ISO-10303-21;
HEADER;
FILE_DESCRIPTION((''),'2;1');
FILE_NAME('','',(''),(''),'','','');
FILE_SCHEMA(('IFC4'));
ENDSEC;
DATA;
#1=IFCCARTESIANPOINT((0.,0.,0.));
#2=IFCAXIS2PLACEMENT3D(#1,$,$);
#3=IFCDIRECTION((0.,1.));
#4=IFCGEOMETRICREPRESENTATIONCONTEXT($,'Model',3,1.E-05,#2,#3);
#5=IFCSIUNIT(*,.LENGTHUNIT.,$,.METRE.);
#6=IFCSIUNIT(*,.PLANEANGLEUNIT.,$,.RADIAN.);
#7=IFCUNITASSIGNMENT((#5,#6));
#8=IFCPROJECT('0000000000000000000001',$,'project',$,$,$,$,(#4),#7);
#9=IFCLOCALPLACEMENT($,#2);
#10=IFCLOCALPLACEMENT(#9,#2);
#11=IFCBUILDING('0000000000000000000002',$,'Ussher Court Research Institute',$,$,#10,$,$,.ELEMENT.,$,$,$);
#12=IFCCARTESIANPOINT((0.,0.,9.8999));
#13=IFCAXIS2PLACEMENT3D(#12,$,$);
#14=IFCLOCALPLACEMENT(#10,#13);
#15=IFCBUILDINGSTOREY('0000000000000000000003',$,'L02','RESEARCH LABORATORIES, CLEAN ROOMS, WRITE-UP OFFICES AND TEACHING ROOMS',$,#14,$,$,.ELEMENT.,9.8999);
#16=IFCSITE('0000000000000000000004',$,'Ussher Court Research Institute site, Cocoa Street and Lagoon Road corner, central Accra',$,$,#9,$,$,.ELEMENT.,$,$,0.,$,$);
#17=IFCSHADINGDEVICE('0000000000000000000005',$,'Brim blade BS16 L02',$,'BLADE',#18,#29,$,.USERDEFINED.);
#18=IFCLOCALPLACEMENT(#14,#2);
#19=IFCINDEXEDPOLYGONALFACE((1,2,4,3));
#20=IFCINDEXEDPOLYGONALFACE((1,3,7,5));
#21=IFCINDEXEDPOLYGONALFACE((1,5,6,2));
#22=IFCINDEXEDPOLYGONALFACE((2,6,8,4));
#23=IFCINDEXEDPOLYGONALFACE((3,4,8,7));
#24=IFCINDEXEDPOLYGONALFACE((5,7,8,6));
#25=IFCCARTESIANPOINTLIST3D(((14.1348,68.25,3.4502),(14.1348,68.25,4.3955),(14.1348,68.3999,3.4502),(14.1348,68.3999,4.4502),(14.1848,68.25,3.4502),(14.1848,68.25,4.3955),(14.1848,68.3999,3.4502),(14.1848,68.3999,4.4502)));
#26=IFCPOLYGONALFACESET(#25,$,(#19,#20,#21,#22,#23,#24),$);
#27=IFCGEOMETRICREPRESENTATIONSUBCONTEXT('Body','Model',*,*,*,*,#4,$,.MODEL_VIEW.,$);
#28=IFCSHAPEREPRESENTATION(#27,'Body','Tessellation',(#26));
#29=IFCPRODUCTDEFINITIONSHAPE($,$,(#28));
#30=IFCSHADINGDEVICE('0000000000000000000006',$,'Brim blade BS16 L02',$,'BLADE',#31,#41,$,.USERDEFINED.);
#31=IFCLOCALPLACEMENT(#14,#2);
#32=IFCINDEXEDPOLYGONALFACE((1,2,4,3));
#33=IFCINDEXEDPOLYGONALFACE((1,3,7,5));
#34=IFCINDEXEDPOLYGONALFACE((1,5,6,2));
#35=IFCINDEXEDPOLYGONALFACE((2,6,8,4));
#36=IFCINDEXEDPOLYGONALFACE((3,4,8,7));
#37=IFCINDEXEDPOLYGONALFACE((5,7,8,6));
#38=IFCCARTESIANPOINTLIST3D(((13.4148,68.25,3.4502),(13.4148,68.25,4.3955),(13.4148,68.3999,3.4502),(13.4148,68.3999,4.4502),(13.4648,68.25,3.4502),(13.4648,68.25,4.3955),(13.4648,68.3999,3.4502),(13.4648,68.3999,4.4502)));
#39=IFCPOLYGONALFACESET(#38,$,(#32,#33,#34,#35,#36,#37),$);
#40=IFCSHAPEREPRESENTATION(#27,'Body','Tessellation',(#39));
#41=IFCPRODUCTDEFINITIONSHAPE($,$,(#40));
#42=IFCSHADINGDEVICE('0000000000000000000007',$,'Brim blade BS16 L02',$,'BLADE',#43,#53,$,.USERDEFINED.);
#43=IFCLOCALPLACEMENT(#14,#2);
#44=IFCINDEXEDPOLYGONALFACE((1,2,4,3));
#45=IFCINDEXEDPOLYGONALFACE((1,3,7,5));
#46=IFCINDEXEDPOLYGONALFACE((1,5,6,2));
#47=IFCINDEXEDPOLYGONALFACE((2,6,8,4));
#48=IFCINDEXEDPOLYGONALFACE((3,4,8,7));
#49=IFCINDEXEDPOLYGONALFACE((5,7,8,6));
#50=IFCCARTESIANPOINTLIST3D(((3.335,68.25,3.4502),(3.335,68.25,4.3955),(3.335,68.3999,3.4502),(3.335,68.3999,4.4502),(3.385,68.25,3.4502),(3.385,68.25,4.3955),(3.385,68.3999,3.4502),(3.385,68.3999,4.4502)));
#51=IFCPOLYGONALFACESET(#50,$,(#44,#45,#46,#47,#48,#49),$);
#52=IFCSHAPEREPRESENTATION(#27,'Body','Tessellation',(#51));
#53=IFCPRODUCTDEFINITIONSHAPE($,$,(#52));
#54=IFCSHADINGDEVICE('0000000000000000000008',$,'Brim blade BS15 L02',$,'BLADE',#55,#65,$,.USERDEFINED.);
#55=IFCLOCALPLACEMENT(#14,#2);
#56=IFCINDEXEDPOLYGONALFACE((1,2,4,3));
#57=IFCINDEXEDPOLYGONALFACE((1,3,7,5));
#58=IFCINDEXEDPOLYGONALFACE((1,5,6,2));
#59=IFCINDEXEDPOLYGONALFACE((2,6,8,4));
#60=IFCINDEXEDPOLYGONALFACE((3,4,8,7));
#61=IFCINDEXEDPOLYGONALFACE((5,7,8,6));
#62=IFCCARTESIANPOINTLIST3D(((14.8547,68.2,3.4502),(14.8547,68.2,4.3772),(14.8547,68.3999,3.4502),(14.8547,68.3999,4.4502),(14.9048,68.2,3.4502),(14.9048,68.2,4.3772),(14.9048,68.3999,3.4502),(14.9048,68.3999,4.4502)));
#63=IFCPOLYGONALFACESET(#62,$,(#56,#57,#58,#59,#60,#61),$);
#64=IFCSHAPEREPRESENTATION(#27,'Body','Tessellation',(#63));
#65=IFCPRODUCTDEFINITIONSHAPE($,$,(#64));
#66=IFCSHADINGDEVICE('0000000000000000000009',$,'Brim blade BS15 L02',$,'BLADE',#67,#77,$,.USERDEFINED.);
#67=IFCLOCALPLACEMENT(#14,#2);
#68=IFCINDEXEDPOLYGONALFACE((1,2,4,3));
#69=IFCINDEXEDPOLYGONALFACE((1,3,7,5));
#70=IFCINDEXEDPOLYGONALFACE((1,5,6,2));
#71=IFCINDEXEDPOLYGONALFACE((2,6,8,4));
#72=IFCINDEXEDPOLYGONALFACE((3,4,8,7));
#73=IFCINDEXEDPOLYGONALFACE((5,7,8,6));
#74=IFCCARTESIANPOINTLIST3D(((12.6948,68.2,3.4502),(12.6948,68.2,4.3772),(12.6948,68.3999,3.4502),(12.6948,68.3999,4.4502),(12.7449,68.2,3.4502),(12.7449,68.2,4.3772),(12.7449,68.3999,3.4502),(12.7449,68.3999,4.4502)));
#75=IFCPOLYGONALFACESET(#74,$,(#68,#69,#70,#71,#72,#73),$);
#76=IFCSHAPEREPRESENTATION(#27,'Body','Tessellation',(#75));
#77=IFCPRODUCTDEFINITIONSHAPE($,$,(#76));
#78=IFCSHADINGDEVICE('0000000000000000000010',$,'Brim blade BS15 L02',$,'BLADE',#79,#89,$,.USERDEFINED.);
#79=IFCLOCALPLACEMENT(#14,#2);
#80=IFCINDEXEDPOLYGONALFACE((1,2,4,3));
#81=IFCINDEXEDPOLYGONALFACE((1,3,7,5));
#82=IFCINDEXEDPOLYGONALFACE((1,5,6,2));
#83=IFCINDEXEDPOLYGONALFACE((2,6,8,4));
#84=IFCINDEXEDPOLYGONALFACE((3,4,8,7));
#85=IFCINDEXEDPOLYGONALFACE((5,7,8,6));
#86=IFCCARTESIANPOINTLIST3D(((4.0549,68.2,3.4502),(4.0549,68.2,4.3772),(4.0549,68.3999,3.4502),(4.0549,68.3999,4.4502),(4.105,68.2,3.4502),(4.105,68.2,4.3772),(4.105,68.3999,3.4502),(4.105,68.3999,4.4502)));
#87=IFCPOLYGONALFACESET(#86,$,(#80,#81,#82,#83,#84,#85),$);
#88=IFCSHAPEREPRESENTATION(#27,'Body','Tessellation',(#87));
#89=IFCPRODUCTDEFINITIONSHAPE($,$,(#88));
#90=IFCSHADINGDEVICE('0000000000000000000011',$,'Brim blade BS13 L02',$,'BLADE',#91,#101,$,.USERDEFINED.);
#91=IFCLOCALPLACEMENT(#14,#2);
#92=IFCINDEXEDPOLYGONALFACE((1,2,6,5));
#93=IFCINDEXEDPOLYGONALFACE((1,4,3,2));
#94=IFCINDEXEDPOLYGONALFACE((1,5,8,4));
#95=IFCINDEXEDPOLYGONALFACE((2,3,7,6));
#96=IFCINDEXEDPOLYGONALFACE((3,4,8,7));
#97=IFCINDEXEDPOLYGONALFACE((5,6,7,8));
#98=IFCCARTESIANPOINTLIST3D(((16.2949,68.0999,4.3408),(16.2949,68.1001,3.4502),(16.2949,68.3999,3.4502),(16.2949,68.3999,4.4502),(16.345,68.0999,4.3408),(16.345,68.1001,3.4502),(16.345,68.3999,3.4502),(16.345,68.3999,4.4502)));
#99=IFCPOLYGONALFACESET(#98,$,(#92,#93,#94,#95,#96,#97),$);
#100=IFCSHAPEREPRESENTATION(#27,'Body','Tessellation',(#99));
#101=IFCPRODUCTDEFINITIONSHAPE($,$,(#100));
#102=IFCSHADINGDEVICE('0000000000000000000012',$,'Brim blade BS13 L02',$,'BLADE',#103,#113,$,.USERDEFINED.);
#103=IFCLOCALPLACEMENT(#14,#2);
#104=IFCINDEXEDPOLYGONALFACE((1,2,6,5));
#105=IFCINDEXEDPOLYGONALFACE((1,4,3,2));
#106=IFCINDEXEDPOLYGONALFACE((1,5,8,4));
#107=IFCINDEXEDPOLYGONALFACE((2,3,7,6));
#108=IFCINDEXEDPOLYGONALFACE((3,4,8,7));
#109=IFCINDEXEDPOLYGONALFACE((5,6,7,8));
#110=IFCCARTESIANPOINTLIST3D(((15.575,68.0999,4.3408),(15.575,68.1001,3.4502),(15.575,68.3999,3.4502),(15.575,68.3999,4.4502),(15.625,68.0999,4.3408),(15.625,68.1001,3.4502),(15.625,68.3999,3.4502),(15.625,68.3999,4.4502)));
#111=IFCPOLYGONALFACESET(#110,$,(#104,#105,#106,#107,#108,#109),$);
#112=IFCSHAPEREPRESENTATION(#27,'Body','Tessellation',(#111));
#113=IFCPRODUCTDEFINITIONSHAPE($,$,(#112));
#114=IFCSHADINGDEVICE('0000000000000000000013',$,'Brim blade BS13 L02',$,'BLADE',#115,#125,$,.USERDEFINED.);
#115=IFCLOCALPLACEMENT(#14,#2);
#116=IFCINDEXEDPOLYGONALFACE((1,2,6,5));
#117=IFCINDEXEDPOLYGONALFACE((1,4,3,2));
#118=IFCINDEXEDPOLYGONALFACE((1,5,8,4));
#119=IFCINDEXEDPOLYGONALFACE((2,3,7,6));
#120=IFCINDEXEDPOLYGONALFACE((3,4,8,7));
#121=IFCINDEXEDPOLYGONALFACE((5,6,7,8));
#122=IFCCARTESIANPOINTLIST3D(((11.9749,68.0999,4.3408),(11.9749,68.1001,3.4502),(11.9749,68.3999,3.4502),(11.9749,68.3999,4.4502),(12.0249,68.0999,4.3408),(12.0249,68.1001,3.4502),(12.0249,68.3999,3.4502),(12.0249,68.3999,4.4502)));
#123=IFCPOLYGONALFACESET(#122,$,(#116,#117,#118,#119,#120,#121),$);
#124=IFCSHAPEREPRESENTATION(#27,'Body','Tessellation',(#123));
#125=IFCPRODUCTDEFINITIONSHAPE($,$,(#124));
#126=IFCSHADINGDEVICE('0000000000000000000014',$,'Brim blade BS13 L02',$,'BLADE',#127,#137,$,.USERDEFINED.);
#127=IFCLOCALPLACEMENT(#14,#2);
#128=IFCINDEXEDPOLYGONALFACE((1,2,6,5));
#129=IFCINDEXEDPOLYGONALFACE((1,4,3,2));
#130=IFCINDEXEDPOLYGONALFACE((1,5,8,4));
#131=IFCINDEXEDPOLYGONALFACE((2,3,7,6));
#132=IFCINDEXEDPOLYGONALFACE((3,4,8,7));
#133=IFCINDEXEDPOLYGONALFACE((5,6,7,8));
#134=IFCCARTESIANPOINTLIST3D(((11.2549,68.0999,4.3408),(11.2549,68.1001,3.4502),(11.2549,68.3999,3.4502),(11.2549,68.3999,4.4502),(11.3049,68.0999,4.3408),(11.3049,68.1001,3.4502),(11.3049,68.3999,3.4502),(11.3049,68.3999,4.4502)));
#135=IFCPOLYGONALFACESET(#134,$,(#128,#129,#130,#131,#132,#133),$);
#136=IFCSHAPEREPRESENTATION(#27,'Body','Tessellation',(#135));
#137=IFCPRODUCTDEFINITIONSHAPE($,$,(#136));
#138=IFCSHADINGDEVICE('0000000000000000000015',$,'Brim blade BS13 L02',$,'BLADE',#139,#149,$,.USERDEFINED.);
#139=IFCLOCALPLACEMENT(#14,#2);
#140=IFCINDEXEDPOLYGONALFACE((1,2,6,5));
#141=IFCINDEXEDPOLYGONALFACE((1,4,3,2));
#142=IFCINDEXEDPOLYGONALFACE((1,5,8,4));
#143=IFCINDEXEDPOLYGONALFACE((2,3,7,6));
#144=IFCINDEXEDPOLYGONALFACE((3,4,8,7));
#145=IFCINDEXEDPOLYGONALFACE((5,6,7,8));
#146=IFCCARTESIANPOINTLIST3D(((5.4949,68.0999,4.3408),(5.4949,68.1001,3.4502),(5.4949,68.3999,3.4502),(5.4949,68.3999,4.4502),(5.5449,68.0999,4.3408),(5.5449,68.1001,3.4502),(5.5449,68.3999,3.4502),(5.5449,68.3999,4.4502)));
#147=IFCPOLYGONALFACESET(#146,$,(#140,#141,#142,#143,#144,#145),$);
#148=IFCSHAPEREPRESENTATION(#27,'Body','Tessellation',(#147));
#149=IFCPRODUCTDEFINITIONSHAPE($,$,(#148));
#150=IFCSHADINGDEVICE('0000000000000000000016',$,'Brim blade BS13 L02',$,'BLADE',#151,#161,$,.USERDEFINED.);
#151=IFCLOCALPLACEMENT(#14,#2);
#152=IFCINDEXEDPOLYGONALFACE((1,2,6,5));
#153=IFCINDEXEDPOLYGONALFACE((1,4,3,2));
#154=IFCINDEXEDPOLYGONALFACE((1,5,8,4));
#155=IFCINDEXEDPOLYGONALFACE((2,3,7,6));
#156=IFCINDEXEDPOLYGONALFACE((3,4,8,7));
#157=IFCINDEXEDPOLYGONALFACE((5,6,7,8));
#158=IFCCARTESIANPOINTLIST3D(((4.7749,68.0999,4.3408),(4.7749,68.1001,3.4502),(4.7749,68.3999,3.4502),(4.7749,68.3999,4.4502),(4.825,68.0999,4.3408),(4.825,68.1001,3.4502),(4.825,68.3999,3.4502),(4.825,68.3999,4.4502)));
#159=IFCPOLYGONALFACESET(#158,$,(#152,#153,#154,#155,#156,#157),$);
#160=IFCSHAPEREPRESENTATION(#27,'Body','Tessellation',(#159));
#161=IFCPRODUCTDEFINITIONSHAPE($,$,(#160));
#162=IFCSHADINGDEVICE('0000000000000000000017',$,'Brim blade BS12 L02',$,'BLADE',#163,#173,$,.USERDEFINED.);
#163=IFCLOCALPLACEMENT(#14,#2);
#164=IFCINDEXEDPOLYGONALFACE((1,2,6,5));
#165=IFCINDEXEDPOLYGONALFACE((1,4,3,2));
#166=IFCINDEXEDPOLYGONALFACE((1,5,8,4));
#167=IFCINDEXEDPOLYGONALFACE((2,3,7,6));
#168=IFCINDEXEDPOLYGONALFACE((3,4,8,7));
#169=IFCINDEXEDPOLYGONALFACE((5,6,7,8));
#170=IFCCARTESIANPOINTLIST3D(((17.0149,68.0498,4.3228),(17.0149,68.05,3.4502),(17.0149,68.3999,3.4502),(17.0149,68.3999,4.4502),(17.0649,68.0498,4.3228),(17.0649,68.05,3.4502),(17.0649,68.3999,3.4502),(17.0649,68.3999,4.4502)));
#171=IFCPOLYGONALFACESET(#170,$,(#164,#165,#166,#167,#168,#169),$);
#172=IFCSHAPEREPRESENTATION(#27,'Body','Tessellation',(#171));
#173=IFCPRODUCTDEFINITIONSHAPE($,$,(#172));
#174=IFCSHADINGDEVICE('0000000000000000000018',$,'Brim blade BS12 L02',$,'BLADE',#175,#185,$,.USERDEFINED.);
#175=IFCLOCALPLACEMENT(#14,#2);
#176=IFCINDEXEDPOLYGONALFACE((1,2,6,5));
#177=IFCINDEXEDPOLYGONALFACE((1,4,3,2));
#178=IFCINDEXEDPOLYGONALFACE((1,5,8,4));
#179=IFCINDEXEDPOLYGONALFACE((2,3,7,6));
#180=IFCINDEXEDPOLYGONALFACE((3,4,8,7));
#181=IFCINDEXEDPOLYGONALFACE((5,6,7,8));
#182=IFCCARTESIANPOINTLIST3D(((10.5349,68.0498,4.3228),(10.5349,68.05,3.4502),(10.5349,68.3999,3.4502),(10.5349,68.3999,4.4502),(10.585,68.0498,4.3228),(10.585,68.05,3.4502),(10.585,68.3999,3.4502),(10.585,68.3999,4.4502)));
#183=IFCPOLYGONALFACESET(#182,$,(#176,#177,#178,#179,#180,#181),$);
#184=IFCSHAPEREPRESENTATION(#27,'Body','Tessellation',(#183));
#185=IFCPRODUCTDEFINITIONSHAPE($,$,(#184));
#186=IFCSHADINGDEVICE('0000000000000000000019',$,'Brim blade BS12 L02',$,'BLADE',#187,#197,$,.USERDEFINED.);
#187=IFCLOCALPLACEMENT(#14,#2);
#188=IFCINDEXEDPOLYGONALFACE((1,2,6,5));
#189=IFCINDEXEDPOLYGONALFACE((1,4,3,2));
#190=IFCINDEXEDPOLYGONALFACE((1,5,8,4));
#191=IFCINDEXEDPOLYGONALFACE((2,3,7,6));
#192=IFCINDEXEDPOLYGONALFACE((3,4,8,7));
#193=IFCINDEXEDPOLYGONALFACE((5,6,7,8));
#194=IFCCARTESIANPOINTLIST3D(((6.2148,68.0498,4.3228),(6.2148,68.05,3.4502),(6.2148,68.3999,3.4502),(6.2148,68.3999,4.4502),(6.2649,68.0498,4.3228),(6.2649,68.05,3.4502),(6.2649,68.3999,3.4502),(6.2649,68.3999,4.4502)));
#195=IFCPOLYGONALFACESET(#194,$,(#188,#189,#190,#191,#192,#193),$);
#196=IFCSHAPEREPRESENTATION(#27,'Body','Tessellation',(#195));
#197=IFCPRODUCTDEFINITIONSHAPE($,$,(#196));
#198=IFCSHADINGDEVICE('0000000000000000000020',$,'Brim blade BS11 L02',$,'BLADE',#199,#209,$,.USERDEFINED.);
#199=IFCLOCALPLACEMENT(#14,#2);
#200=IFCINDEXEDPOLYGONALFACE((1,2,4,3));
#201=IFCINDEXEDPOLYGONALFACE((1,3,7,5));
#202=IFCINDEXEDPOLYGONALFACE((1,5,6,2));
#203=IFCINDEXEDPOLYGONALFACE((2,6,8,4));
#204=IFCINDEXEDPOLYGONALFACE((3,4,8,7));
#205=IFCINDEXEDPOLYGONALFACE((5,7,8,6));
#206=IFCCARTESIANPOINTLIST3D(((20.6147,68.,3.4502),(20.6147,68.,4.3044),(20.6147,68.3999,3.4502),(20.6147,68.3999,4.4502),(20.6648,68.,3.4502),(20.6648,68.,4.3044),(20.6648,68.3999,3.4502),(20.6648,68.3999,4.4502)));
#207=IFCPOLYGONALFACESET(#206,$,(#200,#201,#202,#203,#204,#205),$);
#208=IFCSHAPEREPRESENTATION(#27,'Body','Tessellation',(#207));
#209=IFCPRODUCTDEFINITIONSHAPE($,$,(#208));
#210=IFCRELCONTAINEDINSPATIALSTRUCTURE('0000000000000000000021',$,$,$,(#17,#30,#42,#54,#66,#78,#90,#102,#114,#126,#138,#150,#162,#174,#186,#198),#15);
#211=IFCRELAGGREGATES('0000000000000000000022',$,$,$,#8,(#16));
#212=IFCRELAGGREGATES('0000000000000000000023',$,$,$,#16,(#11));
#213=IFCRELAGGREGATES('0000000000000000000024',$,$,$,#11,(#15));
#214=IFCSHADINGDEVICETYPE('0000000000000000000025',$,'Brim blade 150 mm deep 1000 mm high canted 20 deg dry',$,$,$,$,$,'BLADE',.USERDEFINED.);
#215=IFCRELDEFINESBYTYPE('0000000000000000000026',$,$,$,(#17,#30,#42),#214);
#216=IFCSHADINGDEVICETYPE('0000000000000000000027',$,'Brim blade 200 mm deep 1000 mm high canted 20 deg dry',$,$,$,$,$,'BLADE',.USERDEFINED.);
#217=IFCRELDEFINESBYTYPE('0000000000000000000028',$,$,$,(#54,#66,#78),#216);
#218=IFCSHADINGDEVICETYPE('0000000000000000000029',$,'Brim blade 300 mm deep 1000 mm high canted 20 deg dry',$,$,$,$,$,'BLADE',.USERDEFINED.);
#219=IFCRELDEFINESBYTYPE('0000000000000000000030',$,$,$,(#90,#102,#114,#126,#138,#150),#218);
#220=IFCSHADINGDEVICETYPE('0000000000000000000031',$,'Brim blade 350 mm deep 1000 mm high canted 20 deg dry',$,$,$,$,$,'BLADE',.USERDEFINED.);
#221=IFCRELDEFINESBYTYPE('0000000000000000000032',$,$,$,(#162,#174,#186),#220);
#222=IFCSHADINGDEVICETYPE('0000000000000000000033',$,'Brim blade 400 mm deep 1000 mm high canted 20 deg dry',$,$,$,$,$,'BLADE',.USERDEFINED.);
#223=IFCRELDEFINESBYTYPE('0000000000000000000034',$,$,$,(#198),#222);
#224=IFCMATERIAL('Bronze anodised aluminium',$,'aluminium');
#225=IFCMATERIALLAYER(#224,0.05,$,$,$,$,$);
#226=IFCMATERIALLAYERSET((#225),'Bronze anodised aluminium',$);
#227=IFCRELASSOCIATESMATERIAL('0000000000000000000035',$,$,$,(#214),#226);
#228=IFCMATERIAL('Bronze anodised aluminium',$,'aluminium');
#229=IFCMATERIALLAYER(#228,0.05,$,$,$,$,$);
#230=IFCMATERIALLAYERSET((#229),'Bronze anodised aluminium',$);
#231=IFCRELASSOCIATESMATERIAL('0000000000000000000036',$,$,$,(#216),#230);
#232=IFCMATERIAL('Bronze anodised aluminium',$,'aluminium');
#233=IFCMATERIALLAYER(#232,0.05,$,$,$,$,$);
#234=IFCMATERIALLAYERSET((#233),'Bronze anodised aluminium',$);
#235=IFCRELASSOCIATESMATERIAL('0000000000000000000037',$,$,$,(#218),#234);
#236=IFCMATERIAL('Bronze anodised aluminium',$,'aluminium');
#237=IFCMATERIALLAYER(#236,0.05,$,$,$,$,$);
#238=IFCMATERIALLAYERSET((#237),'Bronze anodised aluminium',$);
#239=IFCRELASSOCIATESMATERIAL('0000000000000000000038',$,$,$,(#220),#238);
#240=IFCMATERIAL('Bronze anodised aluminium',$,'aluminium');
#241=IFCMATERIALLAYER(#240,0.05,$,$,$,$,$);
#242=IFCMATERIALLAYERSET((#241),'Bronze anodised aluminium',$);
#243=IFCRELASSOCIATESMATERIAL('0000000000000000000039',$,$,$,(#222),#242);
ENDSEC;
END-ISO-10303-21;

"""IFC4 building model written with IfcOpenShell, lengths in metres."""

from ifc_helpers import new_model, si_unit, direction, frame, origin, place, context, subcontext, project, spatial, polyline, outline, extrude, material, layer, layer_set, type_object, element, save


model = new_model("IFC4")

# Units and contexts
model_context = context("Model", 3, precision=1e-05, world=origin(), true_north=direction((0.0, 1.0)))
body_context = subcontext(model_context, "Body", "Model", "MODEL_VIEW")
ifc_project = project(units=[si_unit("LENGTHUNIT", "METRE"), si_unit("PLANEANGLEUNIT", "RADIAN")], contexts=[model_context])

# Site, building, storey
site_placement = place(None, origin())
site = spatial("IfcSite", under=ifc_project, at=site_placement, Name="Ussher Court Research Institute site, Cocoa Street and Lagoon Road corner, central Accra", CompositionType="ELEMENT", RefElevation=0.0)
building_placement = place(site_placement, origin())
building = spatial("IfcBuilding", under=site, at=building_placement, Name="Ussher Court Research Institute", CompositionType="ELEMENT")
storey_placement = place(building_placement, frame((0.0, 0.0, 9.8999)))
storey = spatial("IfcBuildingStorey", under=building, at=storey_placement, Name="L02", Description="RESEARCH LABORATORIES, CLEAN ROOMS, WRITE-UP OFFICES AND TEACHING ROOMS", CompositionType="ELEMENT", Elevation=9.8999)

# Shading devices
ifc_material_1 = material(Name="Bronze anodised aluminium", Category="aluminium")
ifc_layer_1 = layer(ifc_material_1, 0.05)
ifc_layer_set_1 = layer_set([ifc_layer_1], Name="Bronze anodised aluminium")
shading_device_type_1 = type_object("IfcShadingDeviceType", Name="Brim blade 150 mm deep 1000 mm high canted 20 deg dry", ElementType="BLADE", PredefinedType="USERDEFINED", material=ifc_layer_set_1)
for number, where, z_axis, x_axis, name in (
    (1, (14.1599, 68.3999, 3.4502), (0.0, 0.0, 1.0), (0.0, -1.0, 0.0), "Brim blade BS16 L02"),
    (2, (13.4399, 68.3999, 3.4502), (0.0, 0.0, 1.0), (0.0, -1.0, 0.0), "Brim blade BS16 L02"),
    (3, (3.3601, 68.3999, 3.4502), (0.0, 0.0, 1.0), (0.0, -1.0, 0.0), "Brim blade BS16 L02"),
):
    element("IfcShadingDevice", number, at=place(storey_placement, frame(where, z_axis=z_axis, x_axis=x_axis)), inside=storey, type_object=shading_device_type_1, Name=name, ObjectType="BLADE", PredefinedType="USERDEFINED", context=body_context, shape_type="SweptSolid", body=[
        extrude(outline(polyline([(0.0, 0.0), (0.1499, 0.0), (0.1499, 0.9453), (0.0, 1.0), (0.0, 0.0)])), frame((0.0, 0.0249, 0.0), z_axis=(0.0, -1.0, 0.0), x_axis=(1.0, 0.0, 0.0)), (0.0, 0.0, 1.0), 0.05),
    ])
ifc_material_2 = material(Name="Bronze anodised aluminium", Category="aluminium")
ifc_layer_2 = layer(ifc_material_2, 0.05)
ifc_layer_set_2 = layer_set([ifc_layer_2], Name="Bronze anodised aluminium")
shading_device_type_2 = type_object("IfcShadingDeviceType", Name="Brim blade 200 mm deep 1000 mm high canted 20 deg dry", ElementType="BLADE", PredefinedType="USERDEFINED", material=ifc_layer_set_2)
for number, where, z_axis, x_axis, name in (
    (4, (14.8799, 68.3999, 3.4502), (0.0, 0.0, 1.0), (0.0, -1.0, 0.0), "Brim blade BS15 L02"),
    (5, (12.72, 68.3999, 3.4502), (0.0, 0.0, 1.0), (0.0, -1.0, 0.0), "Brim blade BS15 L02"),
    (6, (4.0801, 68.3999, 3.4502), (0.0, 0.0, 1.0), (0.0, -1.0, 0.0), "Brim blade BS15 L02"),
):
    element("IfcShadingDevice", number, at=place(storey_placement, frame(where, z_axis=z_axis, x_axis=x_axis)), inside=storey, type_object=shading_device_type_2, Name=name, ObjectType="BLADE", PredefinedType="USERDEFINED", context=body_context, shape_type="SweptSolid", body=[
        extrude(outline(polyline([(0.0, 0.0), (0.2, 0.0), (0.2, 0.927), (0.0, 1.0), (0.0, 0.0)])), frame((0.0, 0.0249, 0.0), z_axis=(0.0, -1.0, 0.0), x_axis=(1.0, 0.0, 0.0)), (0.0, 0.0, 1.0), 0.05),
    ])
ifc_material_3 = material(Name="Bronze anodised aluminium", Category="aluminium")
ifc_layer_3 = layer(ifc_material_3, 0.05)
ifc_layer_set_3 = layer_set([ifc_layer_3], Name="Bronze anodised aluminium")
shading_device_type_3 = type_object("IfcShadingDeviceType", Name="Brim blade 300 mm deep 1000 mm high canted 20 deg dry", ElementType="BLADE", PredefinedType="USERDEFINED", material=ifc_layer_set_3)
for number, where, z_axis, x_axis, name in (
    (7, (16.3201, 68.3999, 3.4502), (0.0, 0.0, 1.0), (0.0, -1.0, 0.0), "Brim blade BS13 L02"),
    (8, (15.6001, 68.3999, 3.4502), (0.0, 0.0, 1.0), (0.0, -1.0, 0.0), "Brim blade BS13 L02"),
    (9, (12.0, 68.3999, 3.4502), (0.0, 0.0, 1.0), (0.0, -1.0, 0.0), "Brim blade BS13 L02"),
    (10, (11.28, 68.3999, 3.4502), (0.0, 0.0, 1.0), (0.0, -1.0, 0.0), "Brim blade BS13 L02"),
    (11, (5.52, 68.3999, 3.4502), (0.0, 0.0, 1.0), (0.0, -1.0, 0.0), "Brim blade BS13 L02"),
    (12, (4.8, 68.3999, 3.4502), (0.0, 0.0, 1.0), (0.0, -1.0, 0.0), "Brim blade BS13 L02"),
):
    element("IfcShadingDevice", number, at=place(storey_placement, frame(where, z_axis=z_axis, x_axis=x_axis)), inside=storey, type_object=shading_device_type_3, Name=name, ObjectType="BLADE", PredefinedType="USERDEFINED", context=body_context, shape_type="SweptSolid", body=[
        extrude(outline(polyline([(0.0, 0.0), (0.2998, 0.0), (0.3, 0.8906), (0.0, 1.0), (0.0, 0.0)])), frame((0.0, 0.0249, 0.0), z_axis=(0.0, -1.0, 0.0), x_axis=(1.0, 0.0, 0.0)), (0.0, 0.0, 1.0), 0.05),
    ])
ifc_material_4 = material(Name="Bronze anodised aluminium", Category="aluminium")
ifc_layer_4 = layer(ifc_material_4, 0.05)
ifc_layer_set_4 = layer_set([ifc_layer_4], Name="Bronze anodised aluminium")
shading_device_type_4 = type_object("IfcShadingDeviceType", Name="Brim blade 350 mm deep 1000 mm high canted 20 deg dry", ElementType="BLADE", PredefinedType="USERDEFINED", material=ifc_layer_set_4)
for number, where, z_axis, x_axis, name in (
    (13, (17.04, 68.3999, 3.4502), (0.0, 0.0, 1.0), (0.0, -1.0, 0.0), "Brim blade BS12 L02"),
    (14, (10.5601, 68.3999, 3.4502), (0.0, 0.0, 1.0), (0.0, -1.0, 0.0), "Brim blade BS12 L02"),
    (15, (6.24, 68.3999, 3.4502), (0.0, 0.0, 1.0), (0.0, -1.0, 0.0), "Brim blade BS12 L02"),
):
    element("IfcShadingDevice", number, at=place(storey_placement, frame(where, z_axis=z_axis, x_axis=x_axis)), inside=storey, type_object=shading_device_type_4, Name=name, ObjectType="BLADE", PredefinedType="USERDEFINED", context=body_context, shape_type="SweptSolid", body=[
        extrude(outline(polyline([(0.0, 0.0), (0.3499, 0.0), (0.3501, 0.8726), (0.0, 1.0), (0.0, 0.0)])), frame((0.0, 0.0249, 0.0), z_axis=(0.0, -1.0, 0.0), x_axis=(1.0, 0.0, 0.0)), (0.0, 0.0, 1.0), 0.05),
    ])
ifc_material_5 = material(Name="Bronze anodised aluminium", Category="aluminium")
ifc_layer_5 = layer(ifc_material_5, 0.05)
ifc_layer_set_5 = layer_set([ifc_layer_5], Name="Bronze anodised aluminium")
shading_device_type_5 = type_object("IfcShadingDeviceType", Name="Brim blade 400 mm deep 1000 mm high canted 20 deg dry", ElementType="BLADE", PredefinedType="USERDEFINED", material=ifc_layer_set_5)
for number, where, z_axis, x_axis, name in (
    (16, (20.6399, 68.3999, 3.4502), (0.0, 0.0, 1.0), (0.0, -1.0, 0.0), "Brim blade BS11 L02"),
):
    element("IfcShadingDevice", number, at=place(storey_placement, frame(where, z_axis=z_axis, x_axis=x_axis)), inside=storey, type_object=shading_device_type_5, Name=name, ObjectType="BLADE", PredefinedType="USERDEFINED", context=body_context, shape_type="SweptSolid", body=[
        extrude(outline(polyline([(0.0, 0.0), (0.3999, 0.0), (0.3999, 0.8542), (0.0, 1.0), (0.0, 0.0)])), frame((0.0, 0.0249, 0.0), z_axis=(0.0, -1.0, 0.0), x_axis=(1.0, 0.0, 0.0)), (0.0, 0.0, 1.0), 0.05),
    ])

save(model, "model.ifc")
